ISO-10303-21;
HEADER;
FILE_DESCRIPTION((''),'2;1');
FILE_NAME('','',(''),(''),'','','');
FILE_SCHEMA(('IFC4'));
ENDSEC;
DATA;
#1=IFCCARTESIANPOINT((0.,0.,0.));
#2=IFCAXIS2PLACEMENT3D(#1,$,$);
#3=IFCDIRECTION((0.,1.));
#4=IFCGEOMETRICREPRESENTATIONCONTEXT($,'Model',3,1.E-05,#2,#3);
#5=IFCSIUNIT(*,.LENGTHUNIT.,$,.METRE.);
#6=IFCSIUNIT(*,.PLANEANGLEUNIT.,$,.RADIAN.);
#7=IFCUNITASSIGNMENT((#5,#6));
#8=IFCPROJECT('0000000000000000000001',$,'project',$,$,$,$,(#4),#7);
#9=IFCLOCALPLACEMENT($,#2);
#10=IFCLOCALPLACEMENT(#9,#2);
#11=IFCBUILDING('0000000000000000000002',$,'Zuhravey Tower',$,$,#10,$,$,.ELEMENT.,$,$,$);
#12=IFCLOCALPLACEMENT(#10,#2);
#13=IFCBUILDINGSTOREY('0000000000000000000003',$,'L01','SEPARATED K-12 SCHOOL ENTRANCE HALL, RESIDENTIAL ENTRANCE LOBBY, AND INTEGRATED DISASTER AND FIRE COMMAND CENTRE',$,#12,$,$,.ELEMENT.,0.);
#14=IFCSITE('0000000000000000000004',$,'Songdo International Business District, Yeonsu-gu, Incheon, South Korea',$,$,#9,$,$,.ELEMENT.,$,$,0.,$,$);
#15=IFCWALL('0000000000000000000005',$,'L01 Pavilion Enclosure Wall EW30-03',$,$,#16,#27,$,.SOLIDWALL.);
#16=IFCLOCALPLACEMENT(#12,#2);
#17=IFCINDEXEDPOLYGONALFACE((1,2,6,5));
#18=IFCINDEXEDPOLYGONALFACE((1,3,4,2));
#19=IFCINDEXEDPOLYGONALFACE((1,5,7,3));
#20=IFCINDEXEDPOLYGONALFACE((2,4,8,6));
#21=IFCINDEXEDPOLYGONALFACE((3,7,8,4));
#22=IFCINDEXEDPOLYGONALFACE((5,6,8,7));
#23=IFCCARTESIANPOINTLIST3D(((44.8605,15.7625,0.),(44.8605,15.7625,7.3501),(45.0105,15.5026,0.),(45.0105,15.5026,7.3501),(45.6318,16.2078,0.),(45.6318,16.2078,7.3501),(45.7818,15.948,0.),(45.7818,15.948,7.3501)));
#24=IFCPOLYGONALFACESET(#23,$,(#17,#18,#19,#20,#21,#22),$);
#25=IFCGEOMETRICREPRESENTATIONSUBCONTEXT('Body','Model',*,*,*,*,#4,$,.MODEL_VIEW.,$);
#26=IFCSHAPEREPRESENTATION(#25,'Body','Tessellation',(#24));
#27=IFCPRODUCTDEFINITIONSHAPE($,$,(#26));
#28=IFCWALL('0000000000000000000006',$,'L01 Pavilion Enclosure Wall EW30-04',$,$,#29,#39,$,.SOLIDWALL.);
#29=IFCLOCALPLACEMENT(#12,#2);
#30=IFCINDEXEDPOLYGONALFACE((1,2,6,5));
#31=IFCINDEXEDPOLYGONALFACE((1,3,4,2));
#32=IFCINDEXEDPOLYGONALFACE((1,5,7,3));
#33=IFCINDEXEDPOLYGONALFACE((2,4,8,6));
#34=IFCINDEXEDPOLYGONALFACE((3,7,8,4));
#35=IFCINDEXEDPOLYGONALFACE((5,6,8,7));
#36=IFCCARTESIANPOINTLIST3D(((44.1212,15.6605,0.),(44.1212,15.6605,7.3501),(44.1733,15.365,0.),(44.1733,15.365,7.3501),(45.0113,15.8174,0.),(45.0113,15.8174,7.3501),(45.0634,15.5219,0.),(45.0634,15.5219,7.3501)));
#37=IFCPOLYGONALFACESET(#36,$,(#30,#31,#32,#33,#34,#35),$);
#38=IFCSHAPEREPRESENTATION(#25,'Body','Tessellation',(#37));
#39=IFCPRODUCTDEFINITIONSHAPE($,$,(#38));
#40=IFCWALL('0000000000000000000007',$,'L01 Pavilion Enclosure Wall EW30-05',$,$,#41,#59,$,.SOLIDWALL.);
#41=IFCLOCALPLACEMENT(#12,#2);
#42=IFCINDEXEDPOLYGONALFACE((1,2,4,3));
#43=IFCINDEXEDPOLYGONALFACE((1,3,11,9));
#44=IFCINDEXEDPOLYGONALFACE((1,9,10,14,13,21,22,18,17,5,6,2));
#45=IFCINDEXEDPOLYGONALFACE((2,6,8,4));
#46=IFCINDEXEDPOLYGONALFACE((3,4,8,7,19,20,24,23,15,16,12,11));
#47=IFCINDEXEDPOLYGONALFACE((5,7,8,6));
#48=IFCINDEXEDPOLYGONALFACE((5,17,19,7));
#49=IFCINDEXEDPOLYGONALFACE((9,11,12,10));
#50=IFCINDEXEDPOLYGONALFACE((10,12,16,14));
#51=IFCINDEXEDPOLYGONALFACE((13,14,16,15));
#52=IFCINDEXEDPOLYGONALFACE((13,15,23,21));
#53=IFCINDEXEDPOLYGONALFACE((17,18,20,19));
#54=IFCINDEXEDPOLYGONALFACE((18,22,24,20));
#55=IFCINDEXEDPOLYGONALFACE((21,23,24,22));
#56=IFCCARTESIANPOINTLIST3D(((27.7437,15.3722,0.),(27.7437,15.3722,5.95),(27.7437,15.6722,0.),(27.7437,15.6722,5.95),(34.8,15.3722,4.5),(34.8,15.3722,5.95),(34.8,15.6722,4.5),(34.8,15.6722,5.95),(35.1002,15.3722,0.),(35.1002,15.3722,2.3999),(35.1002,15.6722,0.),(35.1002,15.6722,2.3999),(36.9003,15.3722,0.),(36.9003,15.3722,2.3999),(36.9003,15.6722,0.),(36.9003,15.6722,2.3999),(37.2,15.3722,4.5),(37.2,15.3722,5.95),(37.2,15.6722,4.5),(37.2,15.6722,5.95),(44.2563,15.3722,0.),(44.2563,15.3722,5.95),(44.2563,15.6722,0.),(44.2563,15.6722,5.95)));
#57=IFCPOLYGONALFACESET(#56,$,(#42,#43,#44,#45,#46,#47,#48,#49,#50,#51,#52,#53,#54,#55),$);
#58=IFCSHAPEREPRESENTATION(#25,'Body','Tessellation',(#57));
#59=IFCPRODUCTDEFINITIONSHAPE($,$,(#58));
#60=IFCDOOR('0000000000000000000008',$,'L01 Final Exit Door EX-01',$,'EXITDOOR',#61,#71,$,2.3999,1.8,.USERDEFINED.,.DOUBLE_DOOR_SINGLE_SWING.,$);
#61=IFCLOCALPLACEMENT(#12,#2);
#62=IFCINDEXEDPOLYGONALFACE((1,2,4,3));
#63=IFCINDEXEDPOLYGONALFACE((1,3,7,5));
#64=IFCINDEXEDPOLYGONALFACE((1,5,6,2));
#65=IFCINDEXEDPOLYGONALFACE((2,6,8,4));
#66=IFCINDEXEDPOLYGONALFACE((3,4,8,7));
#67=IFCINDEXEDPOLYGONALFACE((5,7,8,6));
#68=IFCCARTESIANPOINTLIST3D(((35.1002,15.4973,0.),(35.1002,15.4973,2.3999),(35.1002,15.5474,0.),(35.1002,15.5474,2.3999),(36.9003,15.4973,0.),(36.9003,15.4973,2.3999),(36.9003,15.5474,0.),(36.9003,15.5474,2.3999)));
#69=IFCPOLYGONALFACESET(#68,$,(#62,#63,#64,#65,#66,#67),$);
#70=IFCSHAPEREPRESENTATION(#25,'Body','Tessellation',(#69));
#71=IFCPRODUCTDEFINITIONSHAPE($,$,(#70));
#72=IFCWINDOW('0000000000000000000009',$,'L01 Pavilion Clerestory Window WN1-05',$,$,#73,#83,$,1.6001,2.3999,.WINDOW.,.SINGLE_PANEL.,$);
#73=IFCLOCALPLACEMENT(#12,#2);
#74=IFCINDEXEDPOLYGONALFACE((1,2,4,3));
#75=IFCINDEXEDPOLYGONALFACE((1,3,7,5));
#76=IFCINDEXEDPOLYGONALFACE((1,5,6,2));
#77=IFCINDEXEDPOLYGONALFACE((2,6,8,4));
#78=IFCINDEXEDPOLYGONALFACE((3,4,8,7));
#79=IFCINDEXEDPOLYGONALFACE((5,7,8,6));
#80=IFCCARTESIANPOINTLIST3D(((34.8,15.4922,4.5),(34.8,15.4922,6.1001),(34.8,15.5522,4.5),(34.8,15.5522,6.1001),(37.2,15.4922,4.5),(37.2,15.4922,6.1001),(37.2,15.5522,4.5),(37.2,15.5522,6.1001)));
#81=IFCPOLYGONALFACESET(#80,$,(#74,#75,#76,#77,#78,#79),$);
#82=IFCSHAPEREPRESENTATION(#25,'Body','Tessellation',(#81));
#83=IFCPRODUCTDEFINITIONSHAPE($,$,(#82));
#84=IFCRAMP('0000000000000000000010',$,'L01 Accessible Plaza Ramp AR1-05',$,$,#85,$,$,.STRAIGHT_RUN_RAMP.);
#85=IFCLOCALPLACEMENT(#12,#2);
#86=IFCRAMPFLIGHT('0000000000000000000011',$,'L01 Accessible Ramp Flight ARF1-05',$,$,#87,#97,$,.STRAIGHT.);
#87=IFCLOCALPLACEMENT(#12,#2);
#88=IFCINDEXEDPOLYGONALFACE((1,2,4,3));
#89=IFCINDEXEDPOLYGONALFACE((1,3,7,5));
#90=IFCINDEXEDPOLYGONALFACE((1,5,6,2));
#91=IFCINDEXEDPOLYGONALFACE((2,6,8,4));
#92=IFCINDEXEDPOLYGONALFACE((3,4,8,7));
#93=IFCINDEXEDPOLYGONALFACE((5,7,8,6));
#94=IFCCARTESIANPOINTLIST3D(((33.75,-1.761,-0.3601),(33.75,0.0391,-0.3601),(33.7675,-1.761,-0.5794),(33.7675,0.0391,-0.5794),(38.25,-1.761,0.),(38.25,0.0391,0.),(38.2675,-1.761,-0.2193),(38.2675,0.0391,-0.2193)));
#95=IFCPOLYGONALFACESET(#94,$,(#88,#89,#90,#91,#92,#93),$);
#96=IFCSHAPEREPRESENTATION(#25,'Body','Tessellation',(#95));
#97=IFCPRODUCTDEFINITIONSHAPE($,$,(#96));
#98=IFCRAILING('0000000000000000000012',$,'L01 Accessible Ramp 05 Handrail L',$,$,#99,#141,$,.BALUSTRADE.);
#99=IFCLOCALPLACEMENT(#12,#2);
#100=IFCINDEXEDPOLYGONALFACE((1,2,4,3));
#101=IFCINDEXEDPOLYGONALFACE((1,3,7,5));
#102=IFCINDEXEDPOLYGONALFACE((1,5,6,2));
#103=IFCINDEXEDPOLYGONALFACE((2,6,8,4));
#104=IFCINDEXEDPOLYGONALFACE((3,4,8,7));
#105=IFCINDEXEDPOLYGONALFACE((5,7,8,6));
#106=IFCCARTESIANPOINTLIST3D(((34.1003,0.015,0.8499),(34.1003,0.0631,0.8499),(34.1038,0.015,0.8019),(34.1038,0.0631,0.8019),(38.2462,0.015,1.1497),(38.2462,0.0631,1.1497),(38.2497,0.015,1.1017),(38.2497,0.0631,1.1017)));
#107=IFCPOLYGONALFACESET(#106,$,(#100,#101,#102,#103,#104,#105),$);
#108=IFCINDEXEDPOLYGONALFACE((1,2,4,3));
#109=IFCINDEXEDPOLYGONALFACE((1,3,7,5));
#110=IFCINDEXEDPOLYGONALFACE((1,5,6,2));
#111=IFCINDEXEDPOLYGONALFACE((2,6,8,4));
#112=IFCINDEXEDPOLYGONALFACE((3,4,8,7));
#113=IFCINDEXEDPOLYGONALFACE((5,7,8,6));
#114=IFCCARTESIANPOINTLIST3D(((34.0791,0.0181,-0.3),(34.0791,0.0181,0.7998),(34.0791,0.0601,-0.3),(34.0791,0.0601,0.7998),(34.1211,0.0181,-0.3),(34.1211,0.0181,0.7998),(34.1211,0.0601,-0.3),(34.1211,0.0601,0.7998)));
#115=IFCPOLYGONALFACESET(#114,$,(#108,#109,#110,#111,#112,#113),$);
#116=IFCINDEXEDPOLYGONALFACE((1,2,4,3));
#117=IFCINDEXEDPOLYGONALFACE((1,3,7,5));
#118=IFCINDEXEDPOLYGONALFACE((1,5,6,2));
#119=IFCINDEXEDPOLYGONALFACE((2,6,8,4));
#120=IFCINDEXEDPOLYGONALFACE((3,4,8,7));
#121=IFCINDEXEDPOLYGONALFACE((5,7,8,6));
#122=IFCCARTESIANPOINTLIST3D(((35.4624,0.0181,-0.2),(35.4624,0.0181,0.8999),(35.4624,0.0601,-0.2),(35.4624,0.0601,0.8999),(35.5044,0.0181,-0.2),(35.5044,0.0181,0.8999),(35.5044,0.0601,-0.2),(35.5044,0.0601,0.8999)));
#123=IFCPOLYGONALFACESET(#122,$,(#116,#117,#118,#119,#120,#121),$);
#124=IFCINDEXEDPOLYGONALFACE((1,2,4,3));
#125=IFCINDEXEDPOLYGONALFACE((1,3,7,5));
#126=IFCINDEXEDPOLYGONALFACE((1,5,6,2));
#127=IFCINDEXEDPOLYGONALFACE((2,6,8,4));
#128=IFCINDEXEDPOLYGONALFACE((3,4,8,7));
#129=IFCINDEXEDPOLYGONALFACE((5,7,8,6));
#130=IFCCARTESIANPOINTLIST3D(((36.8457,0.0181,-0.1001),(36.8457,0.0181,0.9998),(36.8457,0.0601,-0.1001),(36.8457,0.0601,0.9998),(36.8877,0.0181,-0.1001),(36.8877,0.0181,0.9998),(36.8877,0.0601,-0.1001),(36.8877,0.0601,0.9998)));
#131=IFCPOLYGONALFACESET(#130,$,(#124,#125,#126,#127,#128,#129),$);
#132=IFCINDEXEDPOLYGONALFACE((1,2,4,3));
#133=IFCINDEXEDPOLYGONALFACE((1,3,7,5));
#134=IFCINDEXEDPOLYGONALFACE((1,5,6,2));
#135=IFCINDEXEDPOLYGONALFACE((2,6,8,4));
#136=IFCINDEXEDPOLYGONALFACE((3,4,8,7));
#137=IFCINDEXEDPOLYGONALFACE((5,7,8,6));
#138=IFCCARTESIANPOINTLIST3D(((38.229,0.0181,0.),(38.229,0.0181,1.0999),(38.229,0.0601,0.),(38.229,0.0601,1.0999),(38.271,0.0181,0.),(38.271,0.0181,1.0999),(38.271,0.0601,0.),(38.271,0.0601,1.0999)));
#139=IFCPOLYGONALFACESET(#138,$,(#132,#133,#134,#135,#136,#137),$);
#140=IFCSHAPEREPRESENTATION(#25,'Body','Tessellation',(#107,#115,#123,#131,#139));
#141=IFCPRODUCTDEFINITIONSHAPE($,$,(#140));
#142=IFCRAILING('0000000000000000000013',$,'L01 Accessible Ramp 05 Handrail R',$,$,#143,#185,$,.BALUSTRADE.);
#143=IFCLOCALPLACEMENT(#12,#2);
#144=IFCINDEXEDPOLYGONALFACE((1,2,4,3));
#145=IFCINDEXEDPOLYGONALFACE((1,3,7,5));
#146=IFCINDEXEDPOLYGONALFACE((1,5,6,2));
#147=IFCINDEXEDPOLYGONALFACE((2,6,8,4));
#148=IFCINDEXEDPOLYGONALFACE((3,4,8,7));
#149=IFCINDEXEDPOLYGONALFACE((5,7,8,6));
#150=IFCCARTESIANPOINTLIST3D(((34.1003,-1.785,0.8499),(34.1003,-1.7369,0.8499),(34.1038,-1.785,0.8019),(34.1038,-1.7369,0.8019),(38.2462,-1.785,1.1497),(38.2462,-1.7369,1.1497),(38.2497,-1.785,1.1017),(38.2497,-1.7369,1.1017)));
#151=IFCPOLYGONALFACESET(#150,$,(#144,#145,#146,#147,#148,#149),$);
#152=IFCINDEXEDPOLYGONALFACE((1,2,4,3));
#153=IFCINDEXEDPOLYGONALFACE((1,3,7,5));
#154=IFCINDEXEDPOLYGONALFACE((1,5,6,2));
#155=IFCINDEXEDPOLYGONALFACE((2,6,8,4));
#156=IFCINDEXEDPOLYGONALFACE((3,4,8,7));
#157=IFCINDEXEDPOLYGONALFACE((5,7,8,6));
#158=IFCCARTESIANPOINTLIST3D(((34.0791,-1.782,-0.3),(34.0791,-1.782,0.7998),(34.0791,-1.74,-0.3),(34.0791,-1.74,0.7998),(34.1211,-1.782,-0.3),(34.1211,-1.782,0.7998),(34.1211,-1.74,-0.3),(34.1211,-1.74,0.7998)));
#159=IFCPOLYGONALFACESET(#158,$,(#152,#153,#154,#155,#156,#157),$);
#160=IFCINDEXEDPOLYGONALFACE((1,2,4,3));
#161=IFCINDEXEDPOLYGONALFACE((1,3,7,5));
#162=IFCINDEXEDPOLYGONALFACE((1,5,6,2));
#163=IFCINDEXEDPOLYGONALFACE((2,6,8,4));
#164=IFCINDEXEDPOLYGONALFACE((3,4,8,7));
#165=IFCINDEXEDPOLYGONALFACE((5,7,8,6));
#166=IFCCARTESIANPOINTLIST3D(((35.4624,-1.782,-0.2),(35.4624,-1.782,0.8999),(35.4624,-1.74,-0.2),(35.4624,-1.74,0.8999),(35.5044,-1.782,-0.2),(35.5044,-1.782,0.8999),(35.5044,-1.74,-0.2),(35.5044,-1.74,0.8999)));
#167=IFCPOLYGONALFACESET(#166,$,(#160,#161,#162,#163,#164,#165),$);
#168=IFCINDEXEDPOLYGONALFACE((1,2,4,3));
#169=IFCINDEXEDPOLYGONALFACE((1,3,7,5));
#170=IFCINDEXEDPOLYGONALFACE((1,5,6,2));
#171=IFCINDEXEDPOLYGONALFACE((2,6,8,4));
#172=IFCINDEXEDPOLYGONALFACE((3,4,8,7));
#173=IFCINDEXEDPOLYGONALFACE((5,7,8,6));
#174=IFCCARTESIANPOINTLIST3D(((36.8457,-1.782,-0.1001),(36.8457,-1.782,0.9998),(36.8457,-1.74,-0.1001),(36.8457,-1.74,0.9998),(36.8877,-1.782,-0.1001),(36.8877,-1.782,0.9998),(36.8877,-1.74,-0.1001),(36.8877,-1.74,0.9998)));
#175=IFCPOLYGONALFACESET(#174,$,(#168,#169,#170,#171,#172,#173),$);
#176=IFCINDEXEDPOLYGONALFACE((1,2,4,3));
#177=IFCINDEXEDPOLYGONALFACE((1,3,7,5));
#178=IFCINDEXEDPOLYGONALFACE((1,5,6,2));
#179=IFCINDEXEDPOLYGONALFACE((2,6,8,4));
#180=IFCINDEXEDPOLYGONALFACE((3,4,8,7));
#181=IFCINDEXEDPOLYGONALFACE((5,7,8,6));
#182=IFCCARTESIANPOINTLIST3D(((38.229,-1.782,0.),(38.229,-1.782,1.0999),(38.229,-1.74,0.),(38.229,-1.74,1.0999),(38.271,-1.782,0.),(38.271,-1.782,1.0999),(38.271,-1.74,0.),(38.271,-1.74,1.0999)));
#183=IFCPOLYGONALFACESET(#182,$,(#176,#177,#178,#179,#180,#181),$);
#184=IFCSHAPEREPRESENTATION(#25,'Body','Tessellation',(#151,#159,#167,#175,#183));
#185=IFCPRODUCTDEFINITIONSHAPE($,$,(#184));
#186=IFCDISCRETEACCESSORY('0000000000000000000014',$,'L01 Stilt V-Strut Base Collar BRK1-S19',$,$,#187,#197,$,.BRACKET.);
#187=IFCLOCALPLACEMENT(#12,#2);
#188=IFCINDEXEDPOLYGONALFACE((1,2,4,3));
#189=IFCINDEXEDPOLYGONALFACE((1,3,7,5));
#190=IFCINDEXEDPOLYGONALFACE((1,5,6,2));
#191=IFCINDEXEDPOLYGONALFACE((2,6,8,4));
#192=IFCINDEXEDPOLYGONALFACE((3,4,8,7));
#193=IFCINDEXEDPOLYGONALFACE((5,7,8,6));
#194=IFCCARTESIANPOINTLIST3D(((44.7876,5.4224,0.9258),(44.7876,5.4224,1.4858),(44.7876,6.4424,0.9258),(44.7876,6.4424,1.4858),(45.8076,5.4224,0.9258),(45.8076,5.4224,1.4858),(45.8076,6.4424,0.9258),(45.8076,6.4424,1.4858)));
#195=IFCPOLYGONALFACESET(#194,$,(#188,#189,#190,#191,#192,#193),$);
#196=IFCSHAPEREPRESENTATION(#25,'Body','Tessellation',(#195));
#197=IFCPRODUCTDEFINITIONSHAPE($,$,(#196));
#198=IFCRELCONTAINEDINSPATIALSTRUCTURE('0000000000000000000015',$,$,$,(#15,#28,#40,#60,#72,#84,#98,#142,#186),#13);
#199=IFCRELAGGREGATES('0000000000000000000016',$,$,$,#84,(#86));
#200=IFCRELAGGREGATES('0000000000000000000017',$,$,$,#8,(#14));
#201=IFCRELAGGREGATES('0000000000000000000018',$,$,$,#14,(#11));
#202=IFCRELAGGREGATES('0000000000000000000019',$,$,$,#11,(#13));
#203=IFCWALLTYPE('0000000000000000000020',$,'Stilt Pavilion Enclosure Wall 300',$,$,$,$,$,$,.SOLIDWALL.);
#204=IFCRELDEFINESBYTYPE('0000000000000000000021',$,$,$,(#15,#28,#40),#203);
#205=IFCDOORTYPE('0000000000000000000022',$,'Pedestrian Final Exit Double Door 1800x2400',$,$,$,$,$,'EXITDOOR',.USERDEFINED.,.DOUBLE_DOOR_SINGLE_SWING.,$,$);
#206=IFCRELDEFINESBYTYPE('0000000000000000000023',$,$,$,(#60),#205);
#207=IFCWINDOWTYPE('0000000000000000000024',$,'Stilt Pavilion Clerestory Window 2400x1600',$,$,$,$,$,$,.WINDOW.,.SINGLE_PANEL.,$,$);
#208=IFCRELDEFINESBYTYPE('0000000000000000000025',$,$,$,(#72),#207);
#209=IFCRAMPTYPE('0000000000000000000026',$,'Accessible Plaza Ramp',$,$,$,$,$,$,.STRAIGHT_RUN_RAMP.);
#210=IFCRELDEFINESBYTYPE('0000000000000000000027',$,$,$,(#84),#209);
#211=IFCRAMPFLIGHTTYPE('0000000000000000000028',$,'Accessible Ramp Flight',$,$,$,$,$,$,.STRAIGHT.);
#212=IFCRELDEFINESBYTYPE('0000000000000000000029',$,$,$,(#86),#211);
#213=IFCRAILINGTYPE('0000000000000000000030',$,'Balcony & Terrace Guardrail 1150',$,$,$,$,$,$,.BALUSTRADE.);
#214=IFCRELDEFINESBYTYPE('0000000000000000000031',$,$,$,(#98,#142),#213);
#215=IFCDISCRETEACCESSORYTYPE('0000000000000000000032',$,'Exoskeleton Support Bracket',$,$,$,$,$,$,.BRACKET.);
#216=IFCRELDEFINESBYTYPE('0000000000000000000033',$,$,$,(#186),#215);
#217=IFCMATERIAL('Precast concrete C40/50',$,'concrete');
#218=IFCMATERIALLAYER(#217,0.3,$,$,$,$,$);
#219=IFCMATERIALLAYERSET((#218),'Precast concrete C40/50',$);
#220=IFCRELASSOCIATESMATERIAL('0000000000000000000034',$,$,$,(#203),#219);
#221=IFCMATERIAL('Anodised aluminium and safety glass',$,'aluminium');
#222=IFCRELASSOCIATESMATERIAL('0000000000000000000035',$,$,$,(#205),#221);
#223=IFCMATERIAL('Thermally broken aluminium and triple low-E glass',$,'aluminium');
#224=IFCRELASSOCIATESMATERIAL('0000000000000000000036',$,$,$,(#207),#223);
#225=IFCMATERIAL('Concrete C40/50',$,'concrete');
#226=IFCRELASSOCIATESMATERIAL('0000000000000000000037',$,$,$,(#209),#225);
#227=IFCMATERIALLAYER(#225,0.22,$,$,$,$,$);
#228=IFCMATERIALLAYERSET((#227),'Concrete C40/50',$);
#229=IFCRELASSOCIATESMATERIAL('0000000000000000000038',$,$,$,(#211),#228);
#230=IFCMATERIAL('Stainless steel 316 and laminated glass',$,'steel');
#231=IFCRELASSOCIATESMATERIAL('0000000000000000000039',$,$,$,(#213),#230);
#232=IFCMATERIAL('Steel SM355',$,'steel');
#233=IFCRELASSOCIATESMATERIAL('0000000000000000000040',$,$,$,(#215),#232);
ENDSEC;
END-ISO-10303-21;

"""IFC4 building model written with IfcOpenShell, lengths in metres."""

from ifc_helpers import new_model, si_unit, direction, frame, frame_2d, origin, origin_2d, place, context, subcontext, project, spatial, polyline, rectangle, outline, extrude, material, layer, layer_set, type_object, element, fill, aggregate, save


model = new_model("IFC4")

# Units and contexts
model_context = context("Model", 3, precision=1e-05, world=origin(), true_north=direction((0.0, 1.0)))
body_context = subcontext(model_context, "Body", "Model", "MODEL_VIEW")
ifc_project = project(units=[si_unit("LENGTHUNIT", "METRE"), si_unit("PLANEANGLEUNIT", "RADIAN")], contexts=[model_context])

# Site, building, storey
site_placement = place(None, origin())
site = spatial("IfcSite", under=ifc_project, at=site_placement, Name="Songdo International Business District, Yeonsu-gu, Incheon, South Korea", CompositionType="ELEMENT", RefElevation=0.0)
building_placement = place(site_placement, origin())
building = spatial("IfcBuilding", under=site, at=building_placement, Name="Zuhravey Tower", CompositionType="ELEMENT")
storey_placement = place(building_placement, origin())
storey = spatial("IfcBuildingStorey", under=building, at=storey_placement, Name="L01", Description="SEPARATED K-12 SCHOOL ENTRANCE HALL, RESIDENTIAL ENTRANCE LOBBY, AND INTEGRATED DISASTER AND FIRE COMMAND CENTRE", CompositionType="ELEMENT", Elevation=0.0)

# Walls
ifc_material_1 = material(Name="Precast concrete C40/50", Category="concrete")
ifc_layer_1 = layer(ifc_material_1, 0.3)
ifc_layer_set_1 = layer_set([ifc_layer_1], Name="Precast concrete C40/50")
wall_type_1 = type_object("IfcWallType", Name="Stilt Pavilion Enclosure Wall 300", PredefinedType="SOLIDWALL", material=ifc_layer_set_1)
wall_1_placement = place(storey_placement, frame((45.7068, 16.0779, 0.0), z_axis=(0.0, 0.0, 1.0), x_axis=(-0.866008, -0.500031, 0.0)))
element("IfcWall", 1, at=wall_1_placement, inside=storey, type_object=wall_type_1, Name="L01 Pavilion Enclosure Wall EW30-03", PredefinedType="SOLIDWALL", context=body_context, shape_type="SweptSolid", body=[
    extrude(rectangle(XDim=0.8906, YDim=0.3, at=frame_2d((0.4453, 0.0))), origin(), (0.0, 0.0, 1.0), 7.3501),
])
wall_2_placement = place(storey_placement, frame((45.0374, 15.6697, 0.0), z_axis=(0.0, 0.0, 1.0), x_axis=(-0.984803, -0.173677, 0.0)))
element("IfcWall", 2, at=wall_2_placement, inside=storey, type_object=wall_type_1, Name="L01 Pavilion Enclosure Wall EW30-04", PredefinedType="SOLIDWALL", context=body_context, shape_type="SweptSolid", body=[
    extrude(rectangle(XDim=0.9038, YDim=0.3, at=frame_2d((0.4519, 0.0))), origin(), (0.0, 0.0, 1.0), 7.3501),
])

# Wall, openings, door, window
wall_3_placement = place(storey_placement, frame((44.2563, 15.5222, 0.0), z_axis=(0.0, 0.0, 1.0), x_axis=(-1.0, 0.0, 0.0)))
wall_3 = element("IfcWall", 3, at=wall_3_placement, inside=storey, type_object=wall_type_1, Name="L01 Pavilion Enclosure Wall EW30-05", PredefinedType="SOLIDWALL", context=body_context, shape_type="SweptSolid", body=[
    extrude(rectangle(XDim=16.5127, YDim=0.3, at=frame_2d((8.2563, 0.0))), origin(), (0.0, 0.0, 1.0), 5.95),
])
opening_1_placement = place(wall_3_placement, frame((7.3562, 0.0, 0.0)))
opening_1 = element("IfcOpeningElement", 4, at=opening_1_placement, cuts=wall_3, PredefinedType="OPENING", context=body_context, shape_type="SweptSolid", body=[
    extrude(rectangle(XDim=1.8, YDim=2.3999, at=frame_2d((0.8999, 1.2))), frame((0.0, 0.1621, 0.0), z_axis=(0.0, -1.0, 0.0), x_axis=(1.0, 0.0, 0.0)), (0.0, 0.0, 1.0), 0.324),
])
opening_2_placement = place(wall_3_placement, frame((7.0564, 0.0, 4.5)))
opening_2 = element("IfcOpeningElement", 5, at=opening_2_placement, cuts=wall_3, PredefinedType="OPENING", context=body_context, shape_type="SweptSolid", body=[
    extrude(rectangle(XDim=2.3999, YDim=1.6001, at=frame_2d((1.2, 0.8))), frame((0.0, 0.1621, 0.0), z_axis=(0.0, -1.0, 0.0), x_axis=(1.0, 0.0, 0.0)), (0.0, 0.0, 1.0), 0.324),
])
ifc_material_2 = material(Name="Anodised aluminium and safety glass", Category="aluminium")
door_type_1 = type_object("IfcDoorType", Name="Pedestrian Final Exit Double Door 1800x2400", ElementType="EXITDOOR", OperationType="DOUBLE_DOOR_SINGLE_SWING", PredefinedType="USERDEFINED", material=ifc_material_2)
door_1_placement = place(opening_1_placement, origin())
door_1 = element("IfcDoor", 6, at=door_1_placement, inside=storey, type_object=door_type_1, Name="L01 Final Exit Door EX-01", ObjectType="EXITDOOR", OperationType="DOUBLE_DOOR_SINGLE_SWING", OverallHeight=2.3999, OverallWidth=1.8, PredefinedType="USERDEFINED", context=body_context, shape_type="SweptSolid", body=[
    extrude(rectangle(XDim=1.8, YDim=2.3999, at=frame_2d((0.8999, 1.2))), frame((0.0, 0.0249, 0.0), z_axis=(0.0, -1.0, 0.0), x_axis=(1.0, 0.0, 0.0)), (0.0, 0.0, 1.0), 0.05),
])
fill(opening_1, door_1)
ifc_material_3 = material(Name="Thermally broken aluminium and triple low-E glass", Category="aluminium")
window_type = type_object("IfcWindowType", Name="Stilt Pavilion Clerestory Window 2400x1600", PartitioningType="SINGLE_PANEL", PredefinedType="WINDOW", material=ifc_material_3)
window_placement = place(opening_2_placement, origin())
window = element("IfcWindow", 7, at=window_placement, inside=storey, type_object=window_type, Name="L01 Pavilion Clerestory Window WN1-05", OverallHeight=1.6001, OverallWidth=2.3999, PartitioningType="SINGLE_PANEL", PredefinedType="WINDOW", context=body_context, shape_type="SweptSolid", body=[
    extrude(rectangle(XDim=2.3999, YDim=1.6001, at=frame_2d((1.2, 0.8))), frame((0.0, 0.03, 0.0), z_axis=(0.0, -1.0, 0.0), x_axis=(1.0, 0.0, 0.0)), (0.0, 0.0, 1.0), 0.0601),
])
fill(opening_2, window)

# Ramp, ramp flight
ifc_material_4 = material(Name="Concrete C40/50", Category="concrete")
ramp_type = type_object("IfcRampType", Name="Accessible Plaza Ramp", PredefinedType="STRAIGHT_RUN_RAMP", material=ifc_material_4)
ramp_placement = place(storey_placement, origin())
ramp = element("IfcRamp", 8, at=ramp_placement, inside=storey, type_object=ramp_type, Name="L01 Accessible Plaza Ramp AR1-05", PredefinedType="STRAIGHT_RUN_RAMP")
ifc_layer_2 = layer(ifc_material_4, 0.22)
ifc_layer_set_2 = layer_set([ifc_layer_2], Name="Concrete C40/50")
ramp_flight_type = type_object("IfcRampFlightType", Name="Accessible Ramp Flight", PredefinedType="STRAIGHT", material=ifc_layer_set_2)
ramp_flight_placement = place(storey_placement, frame((33.75, 0.0391, -0.3601), z_axis=(-0.079769, 0.0, 0.996813), x_axis=(0.0, -1.0, 0.0)))
ramp_flight = element("IfcRampFlight", 9, at=ramp_flight_placement, type_object=ramp_flight_type, Name="L01 Accessible Ramp Flight ARF1-05", PredefinedType="STRAIGHT", context=body_context, shape_type="SweptSolid", body=[
    extrude(outline(polyline([(0.0, 0.0), (1.8, 0.0), (1.8, 4.5144), (0.0, 4.5144), (0.0, 0.0)])), origin(), (0.0, 0.0, -1.0), 0.22),
])
aggregate(ramp, [ramp_flight])

# Railings
ifc_material_5 = material(Name="Stainless steel 316 and laminated glass", Category="steel")
railing_type = type_object("IfcRailingType", Name="Balcony & Terrace Guardrail 1150", PredefinedType="BALUSTRADE", material=ifc_material_5)
for number, where, name in (
    (10, (34.1001, 0.0391, -0.3), "L01 Accessible Ramp 05 Handrail L"),
    (11, (34.1001, -1.761, -0.3), "L01 Accessible Ramp 05 Handrail R"),
):
    element("IfcRailing", number, at=place(storey_placement, frame(where)), inside=storey, type_object=railing_type, Name=name, PredefinedType="BALUSTRADE", context=body_context, shape_type="SweptSolid", body=[
        extrude(rectangle(XDim=0.0481, YDim=0.0481, at=origin_2d()), frame((0.002, 0.0, 1.126), z_axis=(0.997396, 0.0, 0.072114), x_axis=(0.0, 1.0, 0.0)), (0.0, 0.0, 1.0), 4.1567),
        extrude(rectangle(XDim=0.042, YDim=0.042, at=origin_2d()), origin(), (0.0, 0.0, 1.0), 1.0999),
        extrude(rectangle(XDim=0.042, YDim=0.042, at=origin_2d()), frame((1.3833, 0.0, 0.1001)), (0.0, 0.0, 1.0), 1.0999),
        extrude(rectangle(XDim=0.042, YDim=0.042, at=origin_2d()), frame((2.7666, 0.0, 0.2)), (0.0, 0.0, 1.0), 1.0999),
        extrude(rectangle(XDim=0.042, YDim=0.042, at=origin_2d()), frame((4.1499, 0.0, 0.3)), (0.0, 0.0, 1.0), 1.0999),
    ])

# Discrete accessory
ifc_material_6 = material(Name="Steel SM355", Category="steel")
discrete_accessory_type = type_object("IfcDiscreteAccessoryType", Name="Exoskeleton Support Bracket", PredefinedType="BRACKET", material=ifc_material_6)
discrete_accessory_placement = place(storey_placement, frame((45.2976, 5.9324, 0.9258), z_axis=(0.0, 0.0, 1.0), x_axis=(1.0, 0.0, 0.0)))
element("IfcDiscreteAccessory", 12, at=discrete_accessory_placement, inside=storey, type_object=discrete_accessory_type, Name="L01 Stilt V-Strut Base Collar BRK1-S19", PredefinedType="BRACKET", context=body_context, shape_type="SweptSolid", body=[
    extrude(rectangle(XDim=1.02, YDim=1.02, at=origin_2d()), origin(), (0.0, 0.0, 1.0), 0.5601),
])

save(model, "model.ifc")
